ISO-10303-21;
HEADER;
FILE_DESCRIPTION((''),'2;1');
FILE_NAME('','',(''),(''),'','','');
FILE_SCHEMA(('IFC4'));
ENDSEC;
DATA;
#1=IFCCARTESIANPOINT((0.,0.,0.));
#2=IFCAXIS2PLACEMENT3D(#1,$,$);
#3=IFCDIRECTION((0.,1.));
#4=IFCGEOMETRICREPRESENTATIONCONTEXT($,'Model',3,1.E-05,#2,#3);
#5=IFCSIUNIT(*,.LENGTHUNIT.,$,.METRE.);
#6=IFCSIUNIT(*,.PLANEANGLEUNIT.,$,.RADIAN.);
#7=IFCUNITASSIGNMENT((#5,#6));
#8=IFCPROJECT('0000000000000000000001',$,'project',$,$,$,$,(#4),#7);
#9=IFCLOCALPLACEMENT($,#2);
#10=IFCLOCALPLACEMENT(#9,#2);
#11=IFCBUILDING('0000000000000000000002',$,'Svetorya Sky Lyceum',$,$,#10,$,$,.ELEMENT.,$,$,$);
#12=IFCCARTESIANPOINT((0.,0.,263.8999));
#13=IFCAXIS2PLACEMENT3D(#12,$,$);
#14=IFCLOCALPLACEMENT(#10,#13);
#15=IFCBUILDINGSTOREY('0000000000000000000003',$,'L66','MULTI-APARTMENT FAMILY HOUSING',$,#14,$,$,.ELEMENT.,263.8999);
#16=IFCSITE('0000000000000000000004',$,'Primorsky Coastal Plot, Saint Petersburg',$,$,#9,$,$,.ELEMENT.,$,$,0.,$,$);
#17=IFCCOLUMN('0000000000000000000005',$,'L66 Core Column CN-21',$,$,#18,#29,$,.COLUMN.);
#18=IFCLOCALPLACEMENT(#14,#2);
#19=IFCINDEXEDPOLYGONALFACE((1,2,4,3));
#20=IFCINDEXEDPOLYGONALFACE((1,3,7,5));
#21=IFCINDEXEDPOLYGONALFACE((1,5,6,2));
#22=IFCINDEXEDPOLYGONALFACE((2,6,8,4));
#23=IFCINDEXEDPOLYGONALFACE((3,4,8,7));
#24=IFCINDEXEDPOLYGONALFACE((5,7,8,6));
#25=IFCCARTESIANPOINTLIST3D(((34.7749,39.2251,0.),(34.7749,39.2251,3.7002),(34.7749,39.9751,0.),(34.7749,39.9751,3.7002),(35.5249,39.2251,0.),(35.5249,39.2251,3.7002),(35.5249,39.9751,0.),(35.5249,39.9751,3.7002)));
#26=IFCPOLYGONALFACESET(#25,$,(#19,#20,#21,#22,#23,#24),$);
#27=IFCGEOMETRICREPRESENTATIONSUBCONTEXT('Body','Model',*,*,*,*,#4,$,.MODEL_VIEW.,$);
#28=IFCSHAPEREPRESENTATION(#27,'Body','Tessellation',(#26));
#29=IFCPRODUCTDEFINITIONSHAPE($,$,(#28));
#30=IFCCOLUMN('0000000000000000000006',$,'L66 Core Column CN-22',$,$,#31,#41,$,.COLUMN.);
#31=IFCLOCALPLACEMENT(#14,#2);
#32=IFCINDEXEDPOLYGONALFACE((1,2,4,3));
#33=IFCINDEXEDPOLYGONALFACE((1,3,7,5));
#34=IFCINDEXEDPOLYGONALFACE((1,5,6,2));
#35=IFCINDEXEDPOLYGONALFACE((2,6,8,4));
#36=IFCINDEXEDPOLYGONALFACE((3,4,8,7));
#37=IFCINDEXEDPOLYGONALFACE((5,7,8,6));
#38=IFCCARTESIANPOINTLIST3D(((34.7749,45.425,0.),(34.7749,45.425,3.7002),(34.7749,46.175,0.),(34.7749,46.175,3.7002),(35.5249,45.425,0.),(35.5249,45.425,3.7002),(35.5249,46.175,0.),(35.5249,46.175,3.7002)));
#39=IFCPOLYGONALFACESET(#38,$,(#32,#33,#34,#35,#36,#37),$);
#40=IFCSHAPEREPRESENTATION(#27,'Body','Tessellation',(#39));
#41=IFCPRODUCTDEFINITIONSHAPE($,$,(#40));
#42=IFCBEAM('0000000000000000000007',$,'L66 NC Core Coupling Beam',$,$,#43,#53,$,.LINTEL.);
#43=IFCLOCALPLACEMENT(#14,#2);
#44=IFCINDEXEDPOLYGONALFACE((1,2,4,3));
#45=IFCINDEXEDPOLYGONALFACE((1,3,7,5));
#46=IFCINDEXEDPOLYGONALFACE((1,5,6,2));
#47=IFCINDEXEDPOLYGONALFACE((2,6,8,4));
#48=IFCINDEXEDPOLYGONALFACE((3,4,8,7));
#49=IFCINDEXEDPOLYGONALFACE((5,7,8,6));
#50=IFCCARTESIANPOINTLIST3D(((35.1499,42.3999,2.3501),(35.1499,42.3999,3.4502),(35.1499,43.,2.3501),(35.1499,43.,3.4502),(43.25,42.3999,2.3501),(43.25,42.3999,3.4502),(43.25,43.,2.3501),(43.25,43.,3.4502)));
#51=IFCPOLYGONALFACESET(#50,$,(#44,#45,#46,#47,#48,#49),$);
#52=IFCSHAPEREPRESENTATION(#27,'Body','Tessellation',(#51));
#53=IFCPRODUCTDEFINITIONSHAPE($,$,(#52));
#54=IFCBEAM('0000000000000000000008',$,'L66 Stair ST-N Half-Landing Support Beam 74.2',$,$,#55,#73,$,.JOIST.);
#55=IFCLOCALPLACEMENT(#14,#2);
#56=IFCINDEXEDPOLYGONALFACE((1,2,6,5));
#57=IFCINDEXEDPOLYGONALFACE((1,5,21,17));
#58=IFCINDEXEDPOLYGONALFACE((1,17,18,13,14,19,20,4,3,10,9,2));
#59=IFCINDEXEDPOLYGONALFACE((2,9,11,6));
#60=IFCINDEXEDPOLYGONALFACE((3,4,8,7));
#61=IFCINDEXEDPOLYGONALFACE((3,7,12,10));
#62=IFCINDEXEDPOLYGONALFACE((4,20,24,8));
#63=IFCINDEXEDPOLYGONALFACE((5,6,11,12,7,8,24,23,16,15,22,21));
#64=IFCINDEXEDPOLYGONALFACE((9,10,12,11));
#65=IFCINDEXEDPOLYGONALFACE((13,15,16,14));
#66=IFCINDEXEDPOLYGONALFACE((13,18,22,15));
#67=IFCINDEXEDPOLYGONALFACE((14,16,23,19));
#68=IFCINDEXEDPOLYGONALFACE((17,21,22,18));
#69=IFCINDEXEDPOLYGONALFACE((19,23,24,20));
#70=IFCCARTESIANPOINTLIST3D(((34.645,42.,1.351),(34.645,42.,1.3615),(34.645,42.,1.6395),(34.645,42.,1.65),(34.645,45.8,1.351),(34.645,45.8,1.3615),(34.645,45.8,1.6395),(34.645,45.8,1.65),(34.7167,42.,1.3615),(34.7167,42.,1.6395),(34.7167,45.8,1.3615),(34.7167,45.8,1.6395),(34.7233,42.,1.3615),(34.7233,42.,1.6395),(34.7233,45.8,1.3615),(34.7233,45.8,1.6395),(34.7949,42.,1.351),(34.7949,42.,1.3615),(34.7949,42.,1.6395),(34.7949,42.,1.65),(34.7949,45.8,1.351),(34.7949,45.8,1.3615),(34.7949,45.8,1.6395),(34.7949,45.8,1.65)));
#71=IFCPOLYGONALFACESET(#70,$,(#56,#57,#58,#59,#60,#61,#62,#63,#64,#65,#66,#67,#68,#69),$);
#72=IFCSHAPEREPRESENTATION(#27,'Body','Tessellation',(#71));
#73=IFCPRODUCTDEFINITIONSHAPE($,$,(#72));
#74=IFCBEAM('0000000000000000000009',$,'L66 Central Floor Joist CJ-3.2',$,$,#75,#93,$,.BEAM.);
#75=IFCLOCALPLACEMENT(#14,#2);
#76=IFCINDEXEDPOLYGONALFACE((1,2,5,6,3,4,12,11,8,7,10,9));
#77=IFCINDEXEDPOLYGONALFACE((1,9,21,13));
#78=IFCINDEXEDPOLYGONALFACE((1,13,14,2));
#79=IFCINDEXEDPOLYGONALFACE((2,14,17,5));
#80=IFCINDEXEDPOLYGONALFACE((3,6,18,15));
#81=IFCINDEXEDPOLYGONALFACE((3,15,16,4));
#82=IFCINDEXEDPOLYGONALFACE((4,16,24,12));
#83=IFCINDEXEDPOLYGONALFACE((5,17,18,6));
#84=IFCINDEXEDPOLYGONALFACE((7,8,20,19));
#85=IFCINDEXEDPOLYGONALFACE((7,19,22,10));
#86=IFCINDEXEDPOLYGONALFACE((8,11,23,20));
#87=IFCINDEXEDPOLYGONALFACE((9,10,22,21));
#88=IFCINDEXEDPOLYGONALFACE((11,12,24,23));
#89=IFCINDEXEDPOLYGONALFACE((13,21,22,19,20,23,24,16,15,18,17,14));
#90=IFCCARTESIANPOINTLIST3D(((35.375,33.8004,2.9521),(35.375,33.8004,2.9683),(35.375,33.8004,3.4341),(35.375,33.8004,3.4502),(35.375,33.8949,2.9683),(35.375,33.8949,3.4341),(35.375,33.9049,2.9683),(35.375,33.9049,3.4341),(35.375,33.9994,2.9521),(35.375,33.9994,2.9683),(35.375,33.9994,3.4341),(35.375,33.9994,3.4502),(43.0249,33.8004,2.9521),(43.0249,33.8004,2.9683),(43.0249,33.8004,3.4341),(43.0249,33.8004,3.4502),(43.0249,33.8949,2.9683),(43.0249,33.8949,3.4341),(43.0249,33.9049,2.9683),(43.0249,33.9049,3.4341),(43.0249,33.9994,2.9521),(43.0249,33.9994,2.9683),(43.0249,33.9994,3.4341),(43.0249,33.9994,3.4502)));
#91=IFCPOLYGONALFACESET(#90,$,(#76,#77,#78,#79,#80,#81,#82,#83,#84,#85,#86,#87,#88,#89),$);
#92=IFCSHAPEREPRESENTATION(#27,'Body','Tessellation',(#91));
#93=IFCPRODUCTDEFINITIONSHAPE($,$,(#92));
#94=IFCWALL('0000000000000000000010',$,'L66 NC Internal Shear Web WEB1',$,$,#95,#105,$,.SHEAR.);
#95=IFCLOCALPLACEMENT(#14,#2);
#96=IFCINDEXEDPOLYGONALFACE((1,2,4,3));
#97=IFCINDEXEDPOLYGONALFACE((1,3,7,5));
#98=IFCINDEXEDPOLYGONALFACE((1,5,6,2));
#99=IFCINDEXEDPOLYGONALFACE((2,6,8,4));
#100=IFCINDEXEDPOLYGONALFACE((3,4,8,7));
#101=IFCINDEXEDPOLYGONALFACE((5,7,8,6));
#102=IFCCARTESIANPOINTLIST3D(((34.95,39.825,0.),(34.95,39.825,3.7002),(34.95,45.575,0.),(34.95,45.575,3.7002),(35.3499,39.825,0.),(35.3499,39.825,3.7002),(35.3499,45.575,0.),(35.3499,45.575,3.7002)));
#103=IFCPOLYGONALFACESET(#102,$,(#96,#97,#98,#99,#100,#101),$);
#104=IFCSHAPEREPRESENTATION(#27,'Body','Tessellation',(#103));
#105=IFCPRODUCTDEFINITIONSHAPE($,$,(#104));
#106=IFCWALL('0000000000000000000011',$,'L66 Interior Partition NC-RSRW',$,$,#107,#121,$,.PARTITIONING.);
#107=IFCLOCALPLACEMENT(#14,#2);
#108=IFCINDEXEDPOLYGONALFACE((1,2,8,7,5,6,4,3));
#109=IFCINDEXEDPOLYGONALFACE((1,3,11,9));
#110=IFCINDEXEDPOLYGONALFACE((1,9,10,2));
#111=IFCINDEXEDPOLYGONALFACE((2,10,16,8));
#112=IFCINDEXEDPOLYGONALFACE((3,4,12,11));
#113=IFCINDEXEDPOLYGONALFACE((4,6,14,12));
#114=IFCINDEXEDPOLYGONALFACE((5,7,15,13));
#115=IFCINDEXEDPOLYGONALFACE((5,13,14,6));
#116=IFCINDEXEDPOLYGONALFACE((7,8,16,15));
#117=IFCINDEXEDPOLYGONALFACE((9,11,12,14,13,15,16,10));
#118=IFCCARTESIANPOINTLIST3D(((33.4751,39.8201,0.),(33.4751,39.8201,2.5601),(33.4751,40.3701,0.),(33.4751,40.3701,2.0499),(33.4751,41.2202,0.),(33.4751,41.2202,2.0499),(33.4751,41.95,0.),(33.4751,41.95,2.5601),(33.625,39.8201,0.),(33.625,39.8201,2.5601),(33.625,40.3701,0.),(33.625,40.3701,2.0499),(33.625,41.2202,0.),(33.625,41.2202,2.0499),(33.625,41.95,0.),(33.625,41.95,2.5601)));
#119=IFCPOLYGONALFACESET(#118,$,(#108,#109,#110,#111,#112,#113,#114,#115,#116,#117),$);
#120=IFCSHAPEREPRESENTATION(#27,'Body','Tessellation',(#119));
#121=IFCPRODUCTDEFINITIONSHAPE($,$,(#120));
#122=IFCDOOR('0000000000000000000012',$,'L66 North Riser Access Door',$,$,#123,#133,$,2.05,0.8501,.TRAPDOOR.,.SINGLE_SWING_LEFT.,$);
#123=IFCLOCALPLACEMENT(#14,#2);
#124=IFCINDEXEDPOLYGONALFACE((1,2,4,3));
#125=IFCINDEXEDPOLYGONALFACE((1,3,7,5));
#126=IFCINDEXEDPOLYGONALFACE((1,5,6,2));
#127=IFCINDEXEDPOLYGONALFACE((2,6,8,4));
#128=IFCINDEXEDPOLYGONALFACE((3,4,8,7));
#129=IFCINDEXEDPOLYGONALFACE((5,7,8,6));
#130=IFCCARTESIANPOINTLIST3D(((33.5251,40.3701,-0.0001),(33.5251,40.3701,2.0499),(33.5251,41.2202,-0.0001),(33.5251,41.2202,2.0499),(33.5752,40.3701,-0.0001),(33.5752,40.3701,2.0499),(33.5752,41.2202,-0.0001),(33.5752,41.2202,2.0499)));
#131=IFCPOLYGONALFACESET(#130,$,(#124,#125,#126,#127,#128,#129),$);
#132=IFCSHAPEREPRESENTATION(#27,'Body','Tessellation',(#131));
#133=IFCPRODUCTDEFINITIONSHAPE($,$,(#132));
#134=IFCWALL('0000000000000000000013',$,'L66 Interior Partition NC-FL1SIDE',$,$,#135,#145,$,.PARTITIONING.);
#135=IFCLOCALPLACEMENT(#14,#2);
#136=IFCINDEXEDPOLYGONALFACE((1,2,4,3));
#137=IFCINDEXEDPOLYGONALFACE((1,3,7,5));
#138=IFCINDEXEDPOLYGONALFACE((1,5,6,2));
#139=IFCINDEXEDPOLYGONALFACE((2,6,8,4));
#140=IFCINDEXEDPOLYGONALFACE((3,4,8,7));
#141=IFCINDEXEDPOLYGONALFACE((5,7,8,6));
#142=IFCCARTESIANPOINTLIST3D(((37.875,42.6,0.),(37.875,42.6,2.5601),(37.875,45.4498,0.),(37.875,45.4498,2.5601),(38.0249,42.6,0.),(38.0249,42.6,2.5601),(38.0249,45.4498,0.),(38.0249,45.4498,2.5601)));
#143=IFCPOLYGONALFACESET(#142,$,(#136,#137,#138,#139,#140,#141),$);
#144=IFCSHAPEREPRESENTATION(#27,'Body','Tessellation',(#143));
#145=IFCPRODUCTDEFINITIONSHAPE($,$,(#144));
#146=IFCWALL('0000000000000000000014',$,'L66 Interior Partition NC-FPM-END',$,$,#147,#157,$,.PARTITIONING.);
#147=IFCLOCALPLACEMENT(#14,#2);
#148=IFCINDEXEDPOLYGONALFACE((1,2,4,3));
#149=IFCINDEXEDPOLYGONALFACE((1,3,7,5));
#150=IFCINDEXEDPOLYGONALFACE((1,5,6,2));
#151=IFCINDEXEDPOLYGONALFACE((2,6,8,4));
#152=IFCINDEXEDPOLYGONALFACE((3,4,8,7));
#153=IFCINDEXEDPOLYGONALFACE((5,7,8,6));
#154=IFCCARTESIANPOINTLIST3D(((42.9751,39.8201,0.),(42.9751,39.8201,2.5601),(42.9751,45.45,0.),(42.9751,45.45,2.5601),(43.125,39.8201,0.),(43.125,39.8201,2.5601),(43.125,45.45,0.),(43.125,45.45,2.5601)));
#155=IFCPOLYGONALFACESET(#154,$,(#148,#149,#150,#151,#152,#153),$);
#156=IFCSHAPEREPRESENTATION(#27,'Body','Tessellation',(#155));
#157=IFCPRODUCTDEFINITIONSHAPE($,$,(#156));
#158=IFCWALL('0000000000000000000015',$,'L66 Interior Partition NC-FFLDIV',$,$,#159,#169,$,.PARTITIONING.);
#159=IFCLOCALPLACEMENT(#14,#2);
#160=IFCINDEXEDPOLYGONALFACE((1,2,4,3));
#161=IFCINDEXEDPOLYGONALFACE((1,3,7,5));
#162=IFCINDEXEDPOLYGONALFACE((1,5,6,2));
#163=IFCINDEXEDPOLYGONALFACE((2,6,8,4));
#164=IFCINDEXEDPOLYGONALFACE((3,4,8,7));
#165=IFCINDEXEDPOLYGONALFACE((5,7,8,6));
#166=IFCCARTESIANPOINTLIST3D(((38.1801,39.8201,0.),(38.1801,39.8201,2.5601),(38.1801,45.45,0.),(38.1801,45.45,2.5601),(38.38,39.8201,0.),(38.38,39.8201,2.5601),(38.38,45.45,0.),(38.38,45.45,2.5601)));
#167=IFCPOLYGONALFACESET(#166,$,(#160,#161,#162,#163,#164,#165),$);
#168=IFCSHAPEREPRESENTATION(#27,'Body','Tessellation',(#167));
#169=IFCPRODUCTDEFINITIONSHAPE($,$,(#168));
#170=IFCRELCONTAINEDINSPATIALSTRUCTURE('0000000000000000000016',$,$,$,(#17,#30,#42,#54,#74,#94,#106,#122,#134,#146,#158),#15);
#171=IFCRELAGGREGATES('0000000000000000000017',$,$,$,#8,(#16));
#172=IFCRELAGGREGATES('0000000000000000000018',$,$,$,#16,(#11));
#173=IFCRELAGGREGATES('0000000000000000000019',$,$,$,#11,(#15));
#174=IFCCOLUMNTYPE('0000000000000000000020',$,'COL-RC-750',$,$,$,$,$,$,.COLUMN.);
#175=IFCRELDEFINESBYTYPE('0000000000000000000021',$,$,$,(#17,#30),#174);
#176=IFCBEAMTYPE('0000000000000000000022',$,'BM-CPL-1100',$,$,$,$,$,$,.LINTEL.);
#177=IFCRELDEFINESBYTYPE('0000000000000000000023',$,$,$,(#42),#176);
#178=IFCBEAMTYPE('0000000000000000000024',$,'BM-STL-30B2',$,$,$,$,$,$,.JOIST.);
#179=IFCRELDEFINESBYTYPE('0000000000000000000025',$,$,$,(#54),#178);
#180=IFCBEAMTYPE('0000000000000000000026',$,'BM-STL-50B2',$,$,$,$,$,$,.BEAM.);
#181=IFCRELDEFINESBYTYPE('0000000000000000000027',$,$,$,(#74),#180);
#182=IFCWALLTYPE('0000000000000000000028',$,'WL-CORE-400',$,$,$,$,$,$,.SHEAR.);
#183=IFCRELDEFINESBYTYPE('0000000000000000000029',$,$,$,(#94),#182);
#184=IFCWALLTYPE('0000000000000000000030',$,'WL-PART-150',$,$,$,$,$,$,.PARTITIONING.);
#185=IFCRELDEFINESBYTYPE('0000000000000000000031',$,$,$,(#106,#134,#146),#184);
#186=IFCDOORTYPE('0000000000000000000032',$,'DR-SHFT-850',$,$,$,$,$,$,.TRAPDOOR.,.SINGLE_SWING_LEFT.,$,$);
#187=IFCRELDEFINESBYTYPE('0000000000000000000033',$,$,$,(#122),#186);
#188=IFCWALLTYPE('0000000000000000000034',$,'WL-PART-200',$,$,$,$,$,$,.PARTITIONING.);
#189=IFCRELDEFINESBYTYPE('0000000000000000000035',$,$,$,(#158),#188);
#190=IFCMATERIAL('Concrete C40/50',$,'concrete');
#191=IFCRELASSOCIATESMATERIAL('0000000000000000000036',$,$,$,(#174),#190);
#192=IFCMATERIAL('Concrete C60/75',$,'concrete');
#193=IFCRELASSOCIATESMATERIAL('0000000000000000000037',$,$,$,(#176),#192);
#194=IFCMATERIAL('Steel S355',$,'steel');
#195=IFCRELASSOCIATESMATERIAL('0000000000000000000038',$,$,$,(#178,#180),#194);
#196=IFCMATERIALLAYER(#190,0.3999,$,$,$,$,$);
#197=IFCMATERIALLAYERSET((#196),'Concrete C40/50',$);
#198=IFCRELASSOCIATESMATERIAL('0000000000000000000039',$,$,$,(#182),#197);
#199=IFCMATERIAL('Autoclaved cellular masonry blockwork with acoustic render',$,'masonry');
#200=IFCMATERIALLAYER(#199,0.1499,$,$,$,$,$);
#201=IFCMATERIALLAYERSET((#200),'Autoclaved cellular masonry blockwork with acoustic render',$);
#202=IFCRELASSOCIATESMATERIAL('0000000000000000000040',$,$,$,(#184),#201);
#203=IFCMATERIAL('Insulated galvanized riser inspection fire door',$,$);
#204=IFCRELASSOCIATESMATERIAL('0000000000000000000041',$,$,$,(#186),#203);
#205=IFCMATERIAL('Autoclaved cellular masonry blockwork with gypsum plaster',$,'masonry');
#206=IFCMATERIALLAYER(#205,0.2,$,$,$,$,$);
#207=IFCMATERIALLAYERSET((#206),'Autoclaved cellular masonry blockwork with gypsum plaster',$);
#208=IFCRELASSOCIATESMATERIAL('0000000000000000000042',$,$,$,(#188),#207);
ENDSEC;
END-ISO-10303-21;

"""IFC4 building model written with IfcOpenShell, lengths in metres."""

from ifc_helpers import new_model, si_unit, direction, frame, frame_2d, origin, origin_2d, place, context, subcontext, project, spatial, rectangle, i_section, extrude, material, layer, layer_set, material_profile, profile_set, type_object, element, fill, save


model = new_model("IFC4")

# Units and contexts
model_context = context("Model", 3, precision=1e-05, world=origin(), true_north=direction((0.0, 1.0)))
body_context = subcontext(model_context, "Body", "Model", "MODEL_VIEW")
ifc_project = project(units=[si_unit("LENGTHUNIT", "METRE"), si_unit("PLANEANGLEUNIT", "RADIAN")], contexts=[model_context])

# Site, building, storey
site_placement = place(None, origin())
site = spatial("IfcSite", under=ifc_project, at=site_placement, Name="Primorsky Coastal Plot, Saint Petersburg", CompositionType="ELEMENT", RefElevation=0.0)
building_placement = place(site_placement, origin())
building = spatial("IfcBuilding", under=site, at=building_placement, Name="Svetorya Sky Lyceum", CompositionType="ELEMENT")
storey_placement = place(building_placement, frame((0.0, 0.0, 263.8999)))
storey = spatial("IfcBuildingStorey", under=building, at=storey_placement, Name="L66", Description="MULTI-APARTMENT FAMILY HOUSING", CompositionType="ELEMENT", Elevation=263.8999)

# Columns
ifc_material_1 = material(Name="Concrete C40/50", Category="concrete")
ifc_material_profile_1 = material_profile(ifc_material_1, rectangle(XDim=0.75, YDim=0.75, at=origin_2d()), Name="RC COL 750x750")
ifc_profile_set_1 = profile_set([ifc_material_profile_1], Name="Concrete C40/50")
column_type = type_object("IfcColumnType", Name="COL-RC-750", PredefinedType="COLUMN", material=ifc_profile_set_1)
for number, where, z_axis, x_axis, name in (
    (1, (35.1499, 39.6001, 0.0), (0.0, 0.0, 1.0), (1.0, 0.0, 0.0), "L66 Core Column CN-21"),
    (2, (35.1499, 45.8, 0.0), (0.0, 0.0, 1.0), (1.0, 0.0, 0.0), "L66 Core Column CN-22"),
):
    element("IfcColumn", number, at=place(storey_placement, frame(where, z_axis=z_axis, x_axis=x_axis)), inside=storey, type_object=column_type, Name=name, PredefinedType="COLUMN", context=body_context, shape_type="SweptSolid", body=[
        extrude(rectangle(XDim=0.75, YDim=0.75, at=origin_2d()), origin(), (0.0, 0.0, 1.0), 3.7002),
    ])

# Beams
ifc_material_2 = material(Name="Concrete C60/75", Category="concrete")
ifc_material_profile_2 = material_profile(ifc_material_2, rectangle(XDim=0.6001, YDim=1.1001, at=origin_2d()), Name="RC COUPLING 600x1100")
ifc_profile_set_2 = profile_set([ifc_material_profile_2], Name="Concrete C60/75")
beam_type_1 = type_object("IfcBeamType", Name="BM-CPL-1100", PredefinedType="LINTEL", material=ifc_profile_set_2)
beam_1_placement = place(storey_placement, frame((35.1499, 42.7, 2.9001), z_axis=(1.0, 0.0, 0.0), x_axis=(0.0, 1.0, 0.0)))
element("IfcBeam", 3, at=beam_1_placement, inside=storey, type_object=beam_type_1, Name="L66 NC Core Coupling Beam", PredefinedType="LINTEL", context=body_context, shape_type="SweptSolid", body=[
    extrude(rectangle(XDim=0.6001, YDim=1.1001, at=origin_2d()), origin(), (0.0, 0.0, 1.0), 8.1001),
])
ifc_material_3 = material(Name="Steel S355", Category="steel")
ifc_material_profile_3 = material_profile(ifc_material_3, i_section(OverallWidth=0.1499, OverallDepth=0.2991, WebThickness=0.0066, FlangeThickness=0.0105, at=origin_2d()), Name="GOST 30B2")
ifc_profile_set_3 = profile_set([ifc_material_profile_3], Name="Steel S355")
beam_type_2 = type_object("IfcBeamType", Name="BM-STL-30B2", PredefinedType="JOIST", material=ifc_profile_set_3)
beam_2_placement = place(storey_placement, frame((34.72, 42.0, 1.5005), z_axis=(0.0, 1.0, 0.0), x_axis=(-1.0, 0.0, 0.0)))
element("IfcBeam", 4, at=beam_2_placement, inside=storey, type_object=beam_type_2, Name="L66 Stair ST-N Half-Landing Support Beam 74.2", PredefinedType="JOIST", context=body_context, shape_type="SweptSolid", body=[
    extrude(i_section(OverallWidth=0.1499, OverallDepth=0.2991, WebThickness=0.0066, FlangeThickness=0.0105, at=origin_2d()), origin(), (0.0, 0.0, 1.0), 3.8),
])
ifc_material_profile_4 = material_profile(ifc_material_3, i_section(OverallWidth=0.199, OverallDepth=0.498, WebThickness=0.01, FlangeThickness=0.0161, at=origin_2d()), Name="GOST 50B2")
ifc_profile_set_4 = profile_set([ifc_material_profile_4], Name="Steel S355")
beam_type_3 = type_object("IfcBeamType", Name="BM-STL-50B2", PredefinedType="BEAM", material=ifc_profile_set_4)
beam_3_placement = place(storey_placement, frame((35.375, 33.8999, 3.2012), z_axis=(1.0, 0.0, 0.0), x_axis=(0.0, 1.0, 0.0)))
element("IfcBeam", 5, at=beam_3_placement, inside=storey, type_object=beam_type_3, Name="L66 Central Floor Joist CJ-3.2", PredefinedType="BEAM", context=body_context, shape_type="SweptSolid", body=[
    extrude(i_section(OverallWidth=0.199, OverallDepth=0.498, WebThickness=0.01, FlangeThickness=0.0161, at=origin_2d()), origin(), (0.0, 0.0, 1.0), 7.6499),
])

# Wall
ifc_layer_1 = layer(ifc_material_1, 0.3999)
ifc_layer_set_1 = layer_set([ifc_layer_1], Name="Concrete C40/50")
wall_type_1 = type_object("IfcWallType", Name="WL-CORE-400", PredefinedType="SHEAR", material=ifc_layer_set_1)
wall_1_placement = place(storey_placement, frame((35.1499, 39.825, 0.0), z_axis=(0.0, 0.0, 1.0), x_axis=(0.0, 1.0, 0.0)))
element("IfcWall", 6, at=wall_1_placement, inside=storey, type_object=wall_type_1, Name="L66 NC Internal Shear Web WEB1", PredefinedType="SHEAR", context=body_context, shape_type="SweptSolid", body=[
    extrude(rectangle(XDim=5.75, YDim=0.3999, at=frame_2d((2.875, 0.0))), origin(), (0.0, 0.0, 1.0), 3.7002),
])

# Wall, opening, door
ifc_material_4 = material(Name="Autoclaved cellular masonry blockwork with acoustic render", Category="masonry")
ifc_layer_2 = layer(ifc_material_4, 0.1499)
ifc_layer_set_2 = layer_set([ifc_layer_2], Name="Autoclaved cellular masonry blockwork with acoustic render")
wall_type_2 = type_object("IfcWallType", Name="WL-PART-150", PredefinedType="PARTITIONING", material=ifc_layer_set_2)
wall_2_placement = place(storey_placement, frame((33.55, 39.8201, 0.0), z_axis=(0.0, 0.0, 1.0), x_axis=(0.0, 1.0, 0.0)))
wall_2 = element("IfcWall", 7, at=wall_2_placement, inside=storey, type_object=wall_type_2, Name="L66 Interior Partition NC-RSRW", PredefinedType="PARTITIONING", context=body_context, shape_type="SweptSolid", body=[
    extrude(rectangle(XDim=2.1299, YDim=0.1499, at=frame_2d((1.0649, 0.0))), origin(), (0.0, 0.0, 1.0), 2.5601),
])
opening_1_placement = place(wall_2_placement, frame((0.55, 0.0, 0.0)))
opening_1 = element("IfcOpeningElement", 8, at=opening_1_placement, cuts=wall_2, PredefinedType="OPENING", context=body_context, shape_type="SweptSolid", body=[
    extrude(rectangle(XDim=0.8501, YDim=2.05, at=frame_2d((0.425, 1.0249))), frame((0.0, 0.085, 0.0), z_axis=(0.0, -1.0, 0.0), x_axis=(1.0, 0.0, 0.0)), (0.0, 0.0, 1.0), 0.1699),
])
ifc_material_5 = material(Name="Insulated galvanized riser inspection fire door")
door_type_1 = type_object("IfcDoorType", Name="DR-SHFT-850", OperationType="SINGLE_SWING_LEFT", PredefinedType="TRAPDOOR", material=ifc_material_5)
door_1_placement = place(opening_1_placement, origin())
door_1 = element("IfcDoor", 9, at=door_1_placement, inside=storey, type_object=door_type_1, Name="L66 North Riser Access Door", OperationType="SINGLE_SWING_LEFT", OverallHeight=2.05, OverallWidth=0.8501, PredefinedType="TRAPDOOR", context=body_context, shape_type="SweptSolid", body=[
    extrude(rectangle(XDim=0.8501, YDim=2.05, at=frame_2d((0.425, 1.0249))), frame((0.0, 0.0249, 0.0), z_axis=(0.0, -1.0, 0.0), x_axis=(1.0, 0.0, 0.0)), (0.0, 0.0, 1.0), 0.05),
])
fill(opening_1, door_1)

# Walls
wall_3_placement = place(storey_placement, frame((37.95, 42.6001, 0.0), z_axis=(0.0, 0.0, 1.0), x_axis=(0.0, 1.0, 0.0)))
element("IfcWall", 10, at=wall_3_placement, inside=storey, type_object=wall_type_2, Name="L66 Interior Partition NC-FL1SIDE", PredefinedType="PARTITIONING", context=body_context, shape_type="SweptSolid", body=[
    extrude(rectangle(XDim=2.8499, YDim=0.1499, at=frame_2d((1.4248, 0.0))), origin(), (0.0, 0.0, 1.0), 2.5601),
])
wall_4_placement = place(storey_placement, frame((43.05, 39.8201, 0.0), z_axis=(0.0, 0.0, 1.0), x_axis=(0.0, 1.0, 0.0)))
element("IfcWall", 11, at=wall_4_placement, inside=storey, type_object=wall_type_2, Name="L66 Interior Partition NC-FPM-END", PredefinedType="PARTITIONING", context=body_context, shape_type="SweptSolid", body=[
    extrude(rectangle(XDim=5.6299, YDim=0.1499, at=frame_2d((2.8149, 0.0))), origin(), (0.0, 0.0, 1.0), 2.5601),
])

# Shared definitions
ifc_material_6 = material(Name="Autoclaved cellular masonry blockwork with gypsum plaster", Category="masonry")
ifc_layer_3 = layer(ifc_material_6, 0.2)
ifc_layer_set_3 = layer_set([ifc_layer_3], Name="Autoclaved cellular masonry blockwork with gypsum plaster")
wall_type_3 = type_object("IfcWallType", Name="WL-PART-200", PredefinedType="PARTITIONING", material=ifc_layer_set_3)

# Wall
wall_5_placement = place(storey_placement, frame((38.28, 39.8201, 0.0), z_axis=(0.0, 0.0, 1.0), x_axis=(0.0, 1.0, 0.0)))
element("IfcWall", 12, at=wall_5_placement, inside=storey, type_object=wall_type_3, Name="L66 Interior Partition NC-FFLDIV", PredefinedType="PARTITIONING", context=body_context, shape_type="SweptSolid", body=[
    extrude(rectangle(XDim=5.6299, YDim=0.2, at=frame_2d((2.8149, 0.0))), origin(), (0.0, 0.0, 1.0), 2.5601),
])

save(model, "model.ifc")
